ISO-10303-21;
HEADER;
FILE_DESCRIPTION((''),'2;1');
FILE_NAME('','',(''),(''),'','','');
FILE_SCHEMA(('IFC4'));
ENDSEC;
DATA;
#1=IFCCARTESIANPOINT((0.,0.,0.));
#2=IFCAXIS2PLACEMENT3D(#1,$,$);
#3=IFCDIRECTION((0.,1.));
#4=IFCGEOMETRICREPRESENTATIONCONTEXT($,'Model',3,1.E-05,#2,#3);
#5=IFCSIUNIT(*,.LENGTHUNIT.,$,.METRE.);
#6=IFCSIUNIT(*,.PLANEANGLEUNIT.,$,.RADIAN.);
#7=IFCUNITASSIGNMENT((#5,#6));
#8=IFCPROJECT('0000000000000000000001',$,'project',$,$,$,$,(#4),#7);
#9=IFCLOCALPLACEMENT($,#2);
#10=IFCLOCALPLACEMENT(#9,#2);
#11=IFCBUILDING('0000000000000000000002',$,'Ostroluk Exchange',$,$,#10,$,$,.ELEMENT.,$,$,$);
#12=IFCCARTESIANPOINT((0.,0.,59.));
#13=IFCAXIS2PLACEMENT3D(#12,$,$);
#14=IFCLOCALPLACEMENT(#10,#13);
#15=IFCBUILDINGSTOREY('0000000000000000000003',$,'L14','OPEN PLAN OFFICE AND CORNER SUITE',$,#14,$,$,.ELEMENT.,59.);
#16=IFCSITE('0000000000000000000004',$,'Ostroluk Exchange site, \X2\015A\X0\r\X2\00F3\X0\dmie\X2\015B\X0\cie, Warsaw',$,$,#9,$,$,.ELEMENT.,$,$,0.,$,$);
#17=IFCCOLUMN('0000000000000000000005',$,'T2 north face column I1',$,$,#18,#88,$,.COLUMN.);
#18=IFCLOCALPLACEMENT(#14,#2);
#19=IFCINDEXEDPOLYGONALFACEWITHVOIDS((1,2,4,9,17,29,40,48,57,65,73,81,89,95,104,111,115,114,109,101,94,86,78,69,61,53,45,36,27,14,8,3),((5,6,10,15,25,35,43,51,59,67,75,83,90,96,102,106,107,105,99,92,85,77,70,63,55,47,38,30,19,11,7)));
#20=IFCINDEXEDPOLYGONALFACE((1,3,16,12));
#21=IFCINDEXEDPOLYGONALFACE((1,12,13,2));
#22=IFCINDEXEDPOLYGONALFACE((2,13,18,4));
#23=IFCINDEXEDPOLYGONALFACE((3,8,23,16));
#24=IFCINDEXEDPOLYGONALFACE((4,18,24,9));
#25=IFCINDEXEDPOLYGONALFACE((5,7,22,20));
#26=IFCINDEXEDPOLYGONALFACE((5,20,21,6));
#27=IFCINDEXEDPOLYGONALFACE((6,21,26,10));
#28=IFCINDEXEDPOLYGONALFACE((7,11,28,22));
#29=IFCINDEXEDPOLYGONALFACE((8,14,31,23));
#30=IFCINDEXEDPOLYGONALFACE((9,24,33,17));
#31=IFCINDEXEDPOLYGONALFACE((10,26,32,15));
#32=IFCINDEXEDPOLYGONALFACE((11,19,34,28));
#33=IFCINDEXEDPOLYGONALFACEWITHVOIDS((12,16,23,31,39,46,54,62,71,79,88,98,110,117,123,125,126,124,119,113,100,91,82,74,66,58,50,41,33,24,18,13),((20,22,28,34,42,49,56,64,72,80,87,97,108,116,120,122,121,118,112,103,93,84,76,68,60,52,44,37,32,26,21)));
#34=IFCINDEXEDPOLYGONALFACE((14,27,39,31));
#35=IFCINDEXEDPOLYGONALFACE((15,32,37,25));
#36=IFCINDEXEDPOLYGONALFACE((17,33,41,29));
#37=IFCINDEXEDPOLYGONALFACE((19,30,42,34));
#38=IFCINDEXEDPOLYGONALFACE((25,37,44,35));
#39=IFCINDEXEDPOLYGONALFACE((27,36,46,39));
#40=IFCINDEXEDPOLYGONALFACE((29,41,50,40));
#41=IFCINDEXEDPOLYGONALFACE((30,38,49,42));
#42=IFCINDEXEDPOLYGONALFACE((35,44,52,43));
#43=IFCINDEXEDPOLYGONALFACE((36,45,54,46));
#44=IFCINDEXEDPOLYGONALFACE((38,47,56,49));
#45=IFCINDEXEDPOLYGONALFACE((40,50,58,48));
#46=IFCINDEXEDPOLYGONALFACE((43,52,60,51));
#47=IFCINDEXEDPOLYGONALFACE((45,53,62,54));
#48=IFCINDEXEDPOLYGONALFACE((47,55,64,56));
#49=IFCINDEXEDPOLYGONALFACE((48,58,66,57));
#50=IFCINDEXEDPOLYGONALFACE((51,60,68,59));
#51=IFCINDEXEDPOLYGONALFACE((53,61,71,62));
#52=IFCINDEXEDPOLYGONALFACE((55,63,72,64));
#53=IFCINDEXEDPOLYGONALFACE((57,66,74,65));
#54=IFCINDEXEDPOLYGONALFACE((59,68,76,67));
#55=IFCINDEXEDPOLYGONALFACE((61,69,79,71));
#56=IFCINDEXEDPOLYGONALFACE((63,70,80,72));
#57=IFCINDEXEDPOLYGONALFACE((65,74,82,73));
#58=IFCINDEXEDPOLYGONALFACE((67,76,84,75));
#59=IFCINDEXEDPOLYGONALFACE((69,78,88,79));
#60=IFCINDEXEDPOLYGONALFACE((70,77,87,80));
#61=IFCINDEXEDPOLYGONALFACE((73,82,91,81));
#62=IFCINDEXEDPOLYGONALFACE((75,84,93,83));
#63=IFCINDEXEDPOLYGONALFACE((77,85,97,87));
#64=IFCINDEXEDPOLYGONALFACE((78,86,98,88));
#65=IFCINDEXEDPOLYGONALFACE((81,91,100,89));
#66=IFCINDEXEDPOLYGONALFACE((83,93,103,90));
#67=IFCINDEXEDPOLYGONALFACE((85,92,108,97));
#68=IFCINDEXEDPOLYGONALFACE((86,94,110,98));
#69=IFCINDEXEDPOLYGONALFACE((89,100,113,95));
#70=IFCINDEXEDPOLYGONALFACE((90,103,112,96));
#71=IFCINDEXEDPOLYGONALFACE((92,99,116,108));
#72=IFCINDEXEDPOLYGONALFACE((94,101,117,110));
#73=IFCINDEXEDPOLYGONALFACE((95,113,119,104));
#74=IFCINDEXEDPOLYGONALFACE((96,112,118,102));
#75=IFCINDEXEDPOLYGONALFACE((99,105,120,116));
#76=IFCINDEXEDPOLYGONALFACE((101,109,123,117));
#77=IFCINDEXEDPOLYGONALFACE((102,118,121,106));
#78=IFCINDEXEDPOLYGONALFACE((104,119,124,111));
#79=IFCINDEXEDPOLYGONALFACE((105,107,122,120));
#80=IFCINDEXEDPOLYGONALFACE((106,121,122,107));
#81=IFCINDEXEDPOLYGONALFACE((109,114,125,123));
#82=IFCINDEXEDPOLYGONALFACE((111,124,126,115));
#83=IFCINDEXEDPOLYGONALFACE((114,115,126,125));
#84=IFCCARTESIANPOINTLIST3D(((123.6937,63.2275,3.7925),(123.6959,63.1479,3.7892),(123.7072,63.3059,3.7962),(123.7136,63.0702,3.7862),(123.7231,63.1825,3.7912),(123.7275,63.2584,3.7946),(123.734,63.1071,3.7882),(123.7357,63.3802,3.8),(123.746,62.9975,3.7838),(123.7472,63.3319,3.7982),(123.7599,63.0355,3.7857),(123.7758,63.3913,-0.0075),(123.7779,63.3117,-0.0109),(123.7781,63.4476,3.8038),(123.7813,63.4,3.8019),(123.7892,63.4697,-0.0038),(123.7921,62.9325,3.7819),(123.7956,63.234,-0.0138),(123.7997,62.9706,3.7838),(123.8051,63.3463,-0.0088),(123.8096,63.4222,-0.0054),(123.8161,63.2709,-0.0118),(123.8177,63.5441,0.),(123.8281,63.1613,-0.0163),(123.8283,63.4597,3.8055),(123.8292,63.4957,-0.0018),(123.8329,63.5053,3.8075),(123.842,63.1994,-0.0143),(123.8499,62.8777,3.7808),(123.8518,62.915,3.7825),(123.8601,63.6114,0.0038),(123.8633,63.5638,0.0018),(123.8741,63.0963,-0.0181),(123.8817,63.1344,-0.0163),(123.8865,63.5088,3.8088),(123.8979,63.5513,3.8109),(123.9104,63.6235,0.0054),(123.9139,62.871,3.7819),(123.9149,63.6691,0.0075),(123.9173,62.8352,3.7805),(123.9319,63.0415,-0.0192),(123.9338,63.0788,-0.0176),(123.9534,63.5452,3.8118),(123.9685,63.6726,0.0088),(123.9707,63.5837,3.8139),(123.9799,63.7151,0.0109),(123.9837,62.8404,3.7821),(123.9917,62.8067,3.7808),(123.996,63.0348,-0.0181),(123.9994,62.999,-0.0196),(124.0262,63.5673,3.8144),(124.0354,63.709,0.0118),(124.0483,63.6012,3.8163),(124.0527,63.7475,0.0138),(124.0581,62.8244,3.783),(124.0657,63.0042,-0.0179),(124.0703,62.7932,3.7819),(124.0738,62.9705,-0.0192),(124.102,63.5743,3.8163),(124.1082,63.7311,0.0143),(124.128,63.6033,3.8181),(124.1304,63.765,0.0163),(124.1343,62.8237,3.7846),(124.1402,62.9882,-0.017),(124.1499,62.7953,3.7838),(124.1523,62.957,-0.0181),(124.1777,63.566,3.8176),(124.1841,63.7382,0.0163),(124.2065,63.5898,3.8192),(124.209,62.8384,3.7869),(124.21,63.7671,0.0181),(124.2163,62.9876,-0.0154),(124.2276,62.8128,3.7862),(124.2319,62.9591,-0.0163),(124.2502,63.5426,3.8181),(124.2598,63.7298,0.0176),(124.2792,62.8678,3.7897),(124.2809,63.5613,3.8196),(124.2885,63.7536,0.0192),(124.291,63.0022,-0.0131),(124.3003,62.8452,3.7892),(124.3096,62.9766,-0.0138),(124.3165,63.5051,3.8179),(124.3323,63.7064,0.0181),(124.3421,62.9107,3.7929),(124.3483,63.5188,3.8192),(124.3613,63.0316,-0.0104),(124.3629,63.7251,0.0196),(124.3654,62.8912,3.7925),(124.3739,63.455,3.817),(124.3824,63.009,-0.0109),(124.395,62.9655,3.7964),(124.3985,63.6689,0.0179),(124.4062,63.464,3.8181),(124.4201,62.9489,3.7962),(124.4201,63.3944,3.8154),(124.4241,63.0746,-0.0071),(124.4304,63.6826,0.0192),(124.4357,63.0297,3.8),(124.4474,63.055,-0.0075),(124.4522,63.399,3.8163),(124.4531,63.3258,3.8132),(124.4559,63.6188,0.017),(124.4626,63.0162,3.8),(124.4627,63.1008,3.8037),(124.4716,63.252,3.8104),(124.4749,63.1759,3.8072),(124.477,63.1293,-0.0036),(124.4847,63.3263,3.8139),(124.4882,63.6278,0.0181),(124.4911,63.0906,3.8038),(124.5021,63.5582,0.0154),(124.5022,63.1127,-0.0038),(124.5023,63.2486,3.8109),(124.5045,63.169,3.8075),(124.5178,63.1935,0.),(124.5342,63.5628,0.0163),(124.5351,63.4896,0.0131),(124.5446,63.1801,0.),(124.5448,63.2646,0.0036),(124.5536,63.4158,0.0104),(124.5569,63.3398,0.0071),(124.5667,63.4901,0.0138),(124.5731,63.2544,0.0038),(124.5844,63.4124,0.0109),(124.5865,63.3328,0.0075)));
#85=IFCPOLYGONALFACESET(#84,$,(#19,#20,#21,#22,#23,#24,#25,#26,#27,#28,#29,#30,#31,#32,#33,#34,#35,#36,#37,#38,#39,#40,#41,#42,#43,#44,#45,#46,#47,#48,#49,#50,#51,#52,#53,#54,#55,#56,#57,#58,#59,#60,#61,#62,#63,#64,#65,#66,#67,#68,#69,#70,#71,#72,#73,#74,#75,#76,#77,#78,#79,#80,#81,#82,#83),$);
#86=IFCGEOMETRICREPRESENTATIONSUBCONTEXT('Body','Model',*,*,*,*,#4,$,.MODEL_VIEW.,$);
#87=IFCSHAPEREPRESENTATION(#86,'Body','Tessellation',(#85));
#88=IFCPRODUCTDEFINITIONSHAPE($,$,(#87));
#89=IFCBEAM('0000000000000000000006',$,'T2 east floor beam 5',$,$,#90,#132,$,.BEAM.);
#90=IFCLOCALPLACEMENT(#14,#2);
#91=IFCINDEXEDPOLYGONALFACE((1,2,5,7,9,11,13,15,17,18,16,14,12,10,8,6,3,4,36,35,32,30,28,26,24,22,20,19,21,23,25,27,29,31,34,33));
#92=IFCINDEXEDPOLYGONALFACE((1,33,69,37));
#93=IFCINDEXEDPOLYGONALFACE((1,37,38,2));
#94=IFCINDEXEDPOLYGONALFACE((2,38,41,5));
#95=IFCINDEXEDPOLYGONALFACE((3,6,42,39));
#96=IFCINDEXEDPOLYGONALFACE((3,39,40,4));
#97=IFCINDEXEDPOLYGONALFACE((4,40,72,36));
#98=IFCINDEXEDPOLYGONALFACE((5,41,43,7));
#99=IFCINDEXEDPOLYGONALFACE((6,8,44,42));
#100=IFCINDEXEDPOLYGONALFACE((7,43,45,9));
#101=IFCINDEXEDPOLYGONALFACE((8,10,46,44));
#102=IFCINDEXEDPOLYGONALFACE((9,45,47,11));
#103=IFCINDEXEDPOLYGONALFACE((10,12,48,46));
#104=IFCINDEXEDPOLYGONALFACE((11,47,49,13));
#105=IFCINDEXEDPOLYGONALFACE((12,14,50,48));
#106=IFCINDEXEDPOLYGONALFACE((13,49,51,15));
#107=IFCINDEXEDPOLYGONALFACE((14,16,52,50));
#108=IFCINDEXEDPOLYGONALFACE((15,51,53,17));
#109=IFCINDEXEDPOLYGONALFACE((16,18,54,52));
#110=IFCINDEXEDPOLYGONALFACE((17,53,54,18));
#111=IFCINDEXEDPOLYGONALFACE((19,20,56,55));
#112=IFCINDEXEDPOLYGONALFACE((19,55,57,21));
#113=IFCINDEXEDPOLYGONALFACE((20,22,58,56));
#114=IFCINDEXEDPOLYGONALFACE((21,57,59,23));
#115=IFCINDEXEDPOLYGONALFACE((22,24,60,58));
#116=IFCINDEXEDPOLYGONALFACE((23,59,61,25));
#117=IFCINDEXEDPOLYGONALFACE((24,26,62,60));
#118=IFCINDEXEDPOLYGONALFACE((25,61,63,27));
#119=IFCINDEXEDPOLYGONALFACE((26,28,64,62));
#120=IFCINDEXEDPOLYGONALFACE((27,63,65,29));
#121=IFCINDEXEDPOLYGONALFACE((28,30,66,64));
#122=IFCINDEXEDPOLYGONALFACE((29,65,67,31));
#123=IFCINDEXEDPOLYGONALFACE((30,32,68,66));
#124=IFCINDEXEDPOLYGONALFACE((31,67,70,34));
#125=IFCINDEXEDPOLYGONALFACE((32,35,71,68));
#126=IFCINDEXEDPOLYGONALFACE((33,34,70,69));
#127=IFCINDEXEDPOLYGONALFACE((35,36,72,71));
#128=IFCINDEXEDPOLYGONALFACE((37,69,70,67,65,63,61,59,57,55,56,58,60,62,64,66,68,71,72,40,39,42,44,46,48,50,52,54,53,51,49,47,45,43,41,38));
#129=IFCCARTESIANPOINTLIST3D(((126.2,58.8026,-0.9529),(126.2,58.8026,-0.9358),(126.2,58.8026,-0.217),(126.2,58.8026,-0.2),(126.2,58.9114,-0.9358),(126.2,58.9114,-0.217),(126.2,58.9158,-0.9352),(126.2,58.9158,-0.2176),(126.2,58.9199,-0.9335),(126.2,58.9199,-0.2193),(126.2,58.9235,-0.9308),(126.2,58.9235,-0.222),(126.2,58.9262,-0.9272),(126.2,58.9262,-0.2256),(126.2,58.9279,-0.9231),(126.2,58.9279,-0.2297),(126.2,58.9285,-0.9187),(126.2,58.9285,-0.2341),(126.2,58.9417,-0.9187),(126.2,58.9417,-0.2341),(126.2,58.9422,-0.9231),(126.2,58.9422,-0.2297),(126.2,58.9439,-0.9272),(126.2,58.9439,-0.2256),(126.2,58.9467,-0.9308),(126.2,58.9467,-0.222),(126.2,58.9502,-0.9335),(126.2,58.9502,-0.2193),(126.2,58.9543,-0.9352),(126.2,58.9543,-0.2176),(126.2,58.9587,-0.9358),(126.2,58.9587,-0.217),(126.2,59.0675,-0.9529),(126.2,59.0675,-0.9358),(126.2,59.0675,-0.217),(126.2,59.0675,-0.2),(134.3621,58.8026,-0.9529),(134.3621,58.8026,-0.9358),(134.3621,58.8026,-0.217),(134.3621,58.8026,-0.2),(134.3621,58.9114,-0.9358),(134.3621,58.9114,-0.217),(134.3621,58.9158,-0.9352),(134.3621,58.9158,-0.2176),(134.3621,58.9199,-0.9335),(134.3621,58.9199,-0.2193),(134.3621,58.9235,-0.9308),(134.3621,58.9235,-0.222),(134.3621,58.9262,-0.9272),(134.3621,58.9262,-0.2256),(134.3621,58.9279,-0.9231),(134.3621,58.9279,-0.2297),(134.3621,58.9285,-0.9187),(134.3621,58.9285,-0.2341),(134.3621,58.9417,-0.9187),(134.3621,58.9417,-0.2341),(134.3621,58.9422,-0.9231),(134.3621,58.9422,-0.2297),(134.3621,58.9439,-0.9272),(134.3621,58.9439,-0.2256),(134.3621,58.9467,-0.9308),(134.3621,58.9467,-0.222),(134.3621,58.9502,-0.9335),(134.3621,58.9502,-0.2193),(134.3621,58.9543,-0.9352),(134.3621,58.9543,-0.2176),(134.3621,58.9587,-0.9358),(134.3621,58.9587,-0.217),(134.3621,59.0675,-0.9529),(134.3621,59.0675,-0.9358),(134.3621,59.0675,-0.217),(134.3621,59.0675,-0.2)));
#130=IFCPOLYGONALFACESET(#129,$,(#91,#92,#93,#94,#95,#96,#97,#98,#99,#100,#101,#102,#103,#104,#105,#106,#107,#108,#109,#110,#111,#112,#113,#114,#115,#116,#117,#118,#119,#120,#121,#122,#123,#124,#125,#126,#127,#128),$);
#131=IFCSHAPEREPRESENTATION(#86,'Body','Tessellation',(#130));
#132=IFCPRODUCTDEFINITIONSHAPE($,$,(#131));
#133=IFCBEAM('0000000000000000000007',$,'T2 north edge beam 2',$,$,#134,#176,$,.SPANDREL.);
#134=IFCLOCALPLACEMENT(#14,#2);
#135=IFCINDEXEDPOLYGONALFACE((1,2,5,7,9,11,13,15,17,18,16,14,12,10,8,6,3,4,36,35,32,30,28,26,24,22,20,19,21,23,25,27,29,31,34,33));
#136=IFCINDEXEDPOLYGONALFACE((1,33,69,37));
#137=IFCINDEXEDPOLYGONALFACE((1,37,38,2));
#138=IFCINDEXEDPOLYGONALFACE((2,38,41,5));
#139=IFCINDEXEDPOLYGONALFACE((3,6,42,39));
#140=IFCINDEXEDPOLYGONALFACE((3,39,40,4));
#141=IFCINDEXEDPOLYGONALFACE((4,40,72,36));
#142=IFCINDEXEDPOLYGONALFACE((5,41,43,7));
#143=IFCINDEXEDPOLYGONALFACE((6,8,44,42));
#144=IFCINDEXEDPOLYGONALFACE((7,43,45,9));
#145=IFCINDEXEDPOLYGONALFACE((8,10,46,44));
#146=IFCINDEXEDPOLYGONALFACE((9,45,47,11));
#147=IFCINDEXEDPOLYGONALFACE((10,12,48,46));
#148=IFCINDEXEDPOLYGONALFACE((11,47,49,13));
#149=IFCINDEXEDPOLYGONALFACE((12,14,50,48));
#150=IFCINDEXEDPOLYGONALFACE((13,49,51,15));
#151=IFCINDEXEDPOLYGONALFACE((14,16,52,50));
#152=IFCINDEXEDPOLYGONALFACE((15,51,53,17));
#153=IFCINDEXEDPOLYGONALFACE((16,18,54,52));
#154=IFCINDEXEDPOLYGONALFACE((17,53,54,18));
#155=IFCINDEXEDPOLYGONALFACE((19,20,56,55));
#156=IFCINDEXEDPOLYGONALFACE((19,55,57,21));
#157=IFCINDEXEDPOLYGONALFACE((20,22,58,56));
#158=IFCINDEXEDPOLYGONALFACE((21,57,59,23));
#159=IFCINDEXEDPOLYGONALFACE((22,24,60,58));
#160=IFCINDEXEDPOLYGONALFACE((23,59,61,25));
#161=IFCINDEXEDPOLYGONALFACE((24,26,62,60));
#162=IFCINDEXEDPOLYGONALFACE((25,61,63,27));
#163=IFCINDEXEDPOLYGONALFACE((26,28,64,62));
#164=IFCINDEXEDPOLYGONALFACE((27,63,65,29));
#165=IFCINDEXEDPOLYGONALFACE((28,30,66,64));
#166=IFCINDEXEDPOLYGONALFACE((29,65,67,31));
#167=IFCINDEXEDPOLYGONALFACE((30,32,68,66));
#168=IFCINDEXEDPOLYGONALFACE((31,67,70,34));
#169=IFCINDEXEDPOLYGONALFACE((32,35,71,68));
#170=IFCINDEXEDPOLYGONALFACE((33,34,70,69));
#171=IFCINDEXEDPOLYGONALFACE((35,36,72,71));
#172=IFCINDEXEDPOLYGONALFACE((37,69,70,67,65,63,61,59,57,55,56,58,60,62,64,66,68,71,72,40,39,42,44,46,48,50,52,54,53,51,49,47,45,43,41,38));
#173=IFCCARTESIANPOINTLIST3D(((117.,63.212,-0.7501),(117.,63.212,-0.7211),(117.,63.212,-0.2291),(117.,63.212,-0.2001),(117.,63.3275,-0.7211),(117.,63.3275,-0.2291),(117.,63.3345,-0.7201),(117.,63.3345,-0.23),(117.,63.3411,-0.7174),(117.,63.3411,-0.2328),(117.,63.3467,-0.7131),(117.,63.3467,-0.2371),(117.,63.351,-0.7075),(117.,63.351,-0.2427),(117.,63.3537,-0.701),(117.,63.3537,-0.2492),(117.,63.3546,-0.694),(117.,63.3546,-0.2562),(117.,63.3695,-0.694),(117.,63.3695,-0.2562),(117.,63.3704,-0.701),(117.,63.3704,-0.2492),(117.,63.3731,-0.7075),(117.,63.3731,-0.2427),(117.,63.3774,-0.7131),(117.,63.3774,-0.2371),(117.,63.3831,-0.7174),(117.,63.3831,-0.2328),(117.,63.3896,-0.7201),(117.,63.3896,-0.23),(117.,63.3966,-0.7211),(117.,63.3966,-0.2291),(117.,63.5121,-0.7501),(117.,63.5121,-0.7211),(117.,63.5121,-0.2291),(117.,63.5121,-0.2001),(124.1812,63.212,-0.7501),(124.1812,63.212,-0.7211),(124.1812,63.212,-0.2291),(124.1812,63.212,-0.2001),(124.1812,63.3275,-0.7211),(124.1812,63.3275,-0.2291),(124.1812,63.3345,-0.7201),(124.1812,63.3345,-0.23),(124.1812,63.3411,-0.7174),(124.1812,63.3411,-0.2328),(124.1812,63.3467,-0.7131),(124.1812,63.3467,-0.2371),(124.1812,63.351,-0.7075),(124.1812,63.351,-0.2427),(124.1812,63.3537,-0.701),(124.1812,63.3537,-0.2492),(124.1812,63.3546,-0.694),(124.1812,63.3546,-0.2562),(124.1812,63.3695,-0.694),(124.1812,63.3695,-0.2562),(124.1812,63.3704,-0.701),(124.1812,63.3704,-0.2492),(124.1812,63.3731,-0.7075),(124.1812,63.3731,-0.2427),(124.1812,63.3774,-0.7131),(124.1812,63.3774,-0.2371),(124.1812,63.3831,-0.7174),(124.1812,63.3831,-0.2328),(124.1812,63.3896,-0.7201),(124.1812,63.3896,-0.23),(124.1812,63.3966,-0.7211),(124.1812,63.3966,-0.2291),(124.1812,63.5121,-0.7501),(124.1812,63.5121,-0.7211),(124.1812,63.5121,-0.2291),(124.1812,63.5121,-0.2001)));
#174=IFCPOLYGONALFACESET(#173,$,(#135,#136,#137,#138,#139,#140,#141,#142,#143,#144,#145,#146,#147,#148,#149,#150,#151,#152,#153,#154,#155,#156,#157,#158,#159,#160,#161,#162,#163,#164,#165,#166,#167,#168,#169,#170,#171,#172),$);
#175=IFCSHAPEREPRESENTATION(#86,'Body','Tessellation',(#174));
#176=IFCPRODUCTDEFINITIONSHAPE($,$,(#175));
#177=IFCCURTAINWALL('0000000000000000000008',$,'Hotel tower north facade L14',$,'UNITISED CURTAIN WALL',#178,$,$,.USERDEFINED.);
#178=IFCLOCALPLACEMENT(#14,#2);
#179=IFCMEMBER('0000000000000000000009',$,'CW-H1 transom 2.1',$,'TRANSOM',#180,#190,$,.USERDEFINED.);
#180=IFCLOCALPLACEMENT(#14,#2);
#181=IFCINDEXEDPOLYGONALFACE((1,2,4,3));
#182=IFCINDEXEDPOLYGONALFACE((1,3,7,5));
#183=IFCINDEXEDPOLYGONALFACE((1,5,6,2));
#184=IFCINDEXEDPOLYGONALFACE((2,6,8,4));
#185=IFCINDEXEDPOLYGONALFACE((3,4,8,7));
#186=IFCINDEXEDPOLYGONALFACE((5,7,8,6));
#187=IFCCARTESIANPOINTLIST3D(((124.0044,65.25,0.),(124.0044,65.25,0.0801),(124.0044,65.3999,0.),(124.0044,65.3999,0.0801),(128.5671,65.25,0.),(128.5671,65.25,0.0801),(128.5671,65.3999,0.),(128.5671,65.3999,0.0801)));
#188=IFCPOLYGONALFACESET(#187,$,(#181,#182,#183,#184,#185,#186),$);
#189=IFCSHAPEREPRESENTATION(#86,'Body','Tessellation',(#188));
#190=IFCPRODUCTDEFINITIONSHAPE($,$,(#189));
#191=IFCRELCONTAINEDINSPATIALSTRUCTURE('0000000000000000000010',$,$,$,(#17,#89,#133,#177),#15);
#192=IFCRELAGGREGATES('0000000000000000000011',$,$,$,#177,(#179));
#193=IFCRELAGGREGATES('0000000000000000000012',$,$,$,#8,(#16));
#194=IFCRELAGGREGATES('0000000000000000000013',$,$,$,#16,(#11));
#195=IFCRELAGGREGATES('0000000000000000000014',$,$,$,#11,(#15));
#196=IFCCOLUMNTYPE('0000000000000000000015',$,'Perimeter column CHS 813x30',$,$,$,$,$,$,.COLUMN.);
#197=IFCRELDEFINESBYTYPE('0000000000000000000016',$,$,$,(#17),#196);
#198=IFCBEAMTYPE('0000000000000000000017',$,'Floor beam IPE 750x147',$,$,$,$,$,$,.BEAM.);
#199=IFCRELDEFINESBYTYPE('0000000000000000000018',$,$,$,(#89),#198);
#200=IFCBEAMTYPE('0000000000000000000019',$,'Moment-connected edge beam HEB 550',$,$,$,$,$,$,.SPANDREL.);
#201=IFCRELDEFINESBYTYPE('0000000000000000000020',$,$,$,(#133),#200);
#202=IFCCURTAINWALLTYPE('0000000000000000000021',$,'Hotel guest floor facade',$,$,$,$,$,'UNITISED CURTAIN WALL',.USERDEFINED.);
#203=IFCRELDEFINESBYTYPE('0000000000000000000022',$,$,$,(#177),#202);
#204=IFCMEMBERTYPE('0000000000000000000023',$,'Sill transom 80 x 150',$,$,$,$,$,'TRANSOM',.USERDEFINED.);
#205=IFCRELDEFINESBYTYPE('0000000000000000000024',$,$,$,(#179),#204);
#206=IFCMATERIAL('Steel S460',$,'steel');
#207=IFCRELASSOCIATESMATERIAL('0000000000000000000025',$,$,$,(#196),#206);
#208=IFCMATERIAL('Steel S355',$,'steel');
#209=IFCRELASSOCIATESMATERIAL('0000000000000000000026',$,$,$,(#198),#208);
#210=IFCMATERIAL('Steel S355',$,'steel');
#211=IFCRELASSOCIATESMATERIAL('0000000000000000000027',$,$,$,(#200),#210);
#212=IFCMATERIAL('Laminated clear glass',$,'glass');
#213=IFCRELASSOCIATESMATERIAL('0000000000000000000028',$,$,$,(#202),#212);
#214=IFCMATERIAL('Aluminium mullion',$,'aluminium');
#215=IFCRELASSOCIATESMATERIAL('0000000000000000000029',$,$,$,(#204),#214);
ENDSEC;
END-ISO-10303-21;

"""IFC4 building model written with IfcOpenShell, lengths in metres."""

from ifc_helpers import new_model, si_unit, direction, frame, origin, origin_2d, place, context, subcontext, project, spatial, rectangle, hollow_circle, i_section, extrude, material, material_profile, profile_set, type_object, element, aggregate, save


model = new_model("IFC4")

# Units and contexts
model_context = context("Model", 3, precision=1e-05, world=origin(), true_north=direction((0.0, 1.0)))
body_context = subcontext(model_context, "Body", "Model", "MODEL_VIEW")
ifc_project = project(units=[si_unit("LENGTHUNIT", "METRE"), si_unit("PLANEANGLEUNIT", "RADIAN")], contexts=[model_context])

# Site, building, storey
site_placement = place(None, origin())
site = spatial("IfcSite", under=ifc_project, at=site_placement, Name="Ostroluk Exchange site, Śródmieście, Warsaw", CompositionType="ELEMENT", RefElevation=0.0)
building_placement = place(site_placement, origin())
building = spatial("IfcBuilding", under=site, at=building_placement, Name="Ostroluk Exchange", CompositionType="ELEMENT")
storey_placement = place(building_placement, frame((0.0, 0.0, 59.0)))
storey = spatial("IfcBuildingStorey", under=building, at=storey_placement, Name="L14", Description="OPEN PLAN OFFICE AND CORNER SUITE", CompositionType="ELEMENT", Elevation=59.0)

# Column
ifc_material_1 = material(Name="Steel S460", Category="steel")
ifc_material_profile_1 = material_profile(ifc_material_1, hollow_circle(Radius=0.4065, WallThickness=0.03, at=origin_2d()), Name="CHS 813x30")
ifc_profile_set_1 = profile_set([ifc_material_profile_1], Name="Steel S460")
column_type = type_object("IfcColumnType", Name="Perimeter column CHS 813x30", PredefinedType="COLUMN", material=ifc_profile_set_1)
column_placement = place(storey_placement, frame((124.1812, 63.3621, 0.0), z_axis=(-0.021562, -0.04306, 0.99884), x_axis=(0.894161, -0.447747, 0.0)))
element("IfcColumn", 1, at=column_placement, inside=storey, type_object=column_type, Name="T2 north face column I1", PredefinedType="COLUMN", context=body_context, shape_type="SweptSolid", body=[
    extrude(hollow_circle(Radius=0.4065, WallThickness=0.03, at=origin_2d()), origin(), (0.0, 0.0, 1.0), 3.8044),
])

# Beams
ifc_material_2 = material(Name="Steel S355", Category="steel")
ifc_material_profile_2 = material_profile(ifc_material_2, i_section(OverallWidth=0.2649, OverallDepth=0.7529, WebThickness=0.0132, FlangeThickness=0.0171, FilletRadius=0.0171, at=origin_2d()), Name="IPE 750x147")
ifc_profile_set_2 = profile_set([ifc_material_profile_2], Name="Steel S355")
beam_type_1 = type_object("IfcBeamType", Name="Floor beam IPE 750x147", PredefinedType="BEAM", material=ifc_profile_set_2)
beam_1_placement = place(storey_placement, frame((126.2, 58.9351, -0.5764), z_axis=(1.0, 0.0, 0.0), x_axis=(0.0, 1.0, 0.0)))
element("IfcBeam", 2, at=beam_1_placement, inside=storey, type_object=beam_type_1, Name="T2 east floor beam 5", PredefinedType="BEAM", context=body_context, shape_type="SweptSolid", body=[
    extrude(i_section(OverallWidth=0.2649, OverallDepth=0.7529, WebThickness=0.0132, FlangeThickness=0.0171, FilletRadius=0.0171, at=origin_2d()), origin(), (0.0, 0.0, 1.0), 8.1621),
])
ifc_material_3 = material(Name="Steel S355", Category="steel")
ifc_material_profile_3 = material_profile(ifc_material_3, i_section(OverallWidth=0.3, OverallDepth=0.55, WebThickness=0.0149, FlangeThickness=0.0291, FilletRadius=0.0271, at=origin_2d()), Name="HEB 550")
ifc_profile_set_3 = profile_set([ifc_material_profile_3], Name="Steel S355")
beam_type_2 = type_object("IfcBeamType", Name="Moment-connected edge beam HEB 550", PredefinedType="SPANDREL", material=ifc_profile_set_3)
beam_2_placement = place(storey_placement, frame((124.1812, 63.3621, -0.4751), z_axis=(-1.0, 0.0, 0.0), x_axis=(0.0, -1.0, 0.0)))
element("IfcBeam", 3, at=beam_2_placement, inside=storey, type_object=beam_type_2, Name="T2 north edge beam 2", PredefinedType="SPANDREL", context=body_context, shape_type="SweptSolid", body=[
    extrude(i_section(OverallWidth=0.3, OverallDepth=0.55, WebThickness=0.0149, FlangeThickness=0.0291, FilletRadius=0.0271, at=origin_2d()), origin(), (0.0, 0.0, 1.0), 7.1812),
])

# Curtain wall, member
ifc_material_4 = material(Name="Laminated clear glass", Category="glass")
curtain_wall_type = type_object("IfcCurtainWallType", Name="Hotel guest floor facade", ElementType="UNITISED CURTAIN WALL", PredefinedType="USERDEFINED", material=ifc_material_4)
curtain_wall_placement = place(storey_placement, origin())
curtain_wall = element("IfcCurtainWall", 4, at=curtain_wall_placement, inside=storey, type_object=curtain_wall_type, Name="Hotel tower north facade L14", ObjectType="UNITISED CURTAIN WALL", PredefinedType="USERDEFINED")
ifc_material_5 = material(Name="Aluminium mullion", Category="aluminium")
ifc_material_profile_4 = material_profile(ifc_material_5, rectangle(XDim=0.1499, YDim=0.0801, at=origin_2d()), Name="Sill transom 80 x 150")
ifc_profile_set_4 = profile_set([ifc_material_profile_4], Name="Aluminium mullion")
member_type_1 = type_object("IfcMemberType", Name="Sill transom 80 x 150", ElementType="TRANSOM", PredefinedType="USERDEFINED", material=ifc_profile_set_4)
member_1_placement = place(storey_placement, frame((128.5671, 65.325, 0.04), z_axis=(-1.0, 0.0, 0.0), x_axis=(0.0, -1.0, 0.0)))
member_1 = element("IfcMember", 5, at=member_1_placement, type_object=member_type_1, Name="CW-H1 transom 2.1", ObjectType="TRANSOM", PredefinedType="USERDEFINED", context=body_context, shape_type="SweptSolid", body=[
    extrude(rectangle(XDim=0.1499, YDim=0.0801, at=origin_2d()), origin(), (0.0, 0.0, 1.0), 4.5627),
])
aggregate(curtain_wall, [member_1])

save(model, "model.ifc")
